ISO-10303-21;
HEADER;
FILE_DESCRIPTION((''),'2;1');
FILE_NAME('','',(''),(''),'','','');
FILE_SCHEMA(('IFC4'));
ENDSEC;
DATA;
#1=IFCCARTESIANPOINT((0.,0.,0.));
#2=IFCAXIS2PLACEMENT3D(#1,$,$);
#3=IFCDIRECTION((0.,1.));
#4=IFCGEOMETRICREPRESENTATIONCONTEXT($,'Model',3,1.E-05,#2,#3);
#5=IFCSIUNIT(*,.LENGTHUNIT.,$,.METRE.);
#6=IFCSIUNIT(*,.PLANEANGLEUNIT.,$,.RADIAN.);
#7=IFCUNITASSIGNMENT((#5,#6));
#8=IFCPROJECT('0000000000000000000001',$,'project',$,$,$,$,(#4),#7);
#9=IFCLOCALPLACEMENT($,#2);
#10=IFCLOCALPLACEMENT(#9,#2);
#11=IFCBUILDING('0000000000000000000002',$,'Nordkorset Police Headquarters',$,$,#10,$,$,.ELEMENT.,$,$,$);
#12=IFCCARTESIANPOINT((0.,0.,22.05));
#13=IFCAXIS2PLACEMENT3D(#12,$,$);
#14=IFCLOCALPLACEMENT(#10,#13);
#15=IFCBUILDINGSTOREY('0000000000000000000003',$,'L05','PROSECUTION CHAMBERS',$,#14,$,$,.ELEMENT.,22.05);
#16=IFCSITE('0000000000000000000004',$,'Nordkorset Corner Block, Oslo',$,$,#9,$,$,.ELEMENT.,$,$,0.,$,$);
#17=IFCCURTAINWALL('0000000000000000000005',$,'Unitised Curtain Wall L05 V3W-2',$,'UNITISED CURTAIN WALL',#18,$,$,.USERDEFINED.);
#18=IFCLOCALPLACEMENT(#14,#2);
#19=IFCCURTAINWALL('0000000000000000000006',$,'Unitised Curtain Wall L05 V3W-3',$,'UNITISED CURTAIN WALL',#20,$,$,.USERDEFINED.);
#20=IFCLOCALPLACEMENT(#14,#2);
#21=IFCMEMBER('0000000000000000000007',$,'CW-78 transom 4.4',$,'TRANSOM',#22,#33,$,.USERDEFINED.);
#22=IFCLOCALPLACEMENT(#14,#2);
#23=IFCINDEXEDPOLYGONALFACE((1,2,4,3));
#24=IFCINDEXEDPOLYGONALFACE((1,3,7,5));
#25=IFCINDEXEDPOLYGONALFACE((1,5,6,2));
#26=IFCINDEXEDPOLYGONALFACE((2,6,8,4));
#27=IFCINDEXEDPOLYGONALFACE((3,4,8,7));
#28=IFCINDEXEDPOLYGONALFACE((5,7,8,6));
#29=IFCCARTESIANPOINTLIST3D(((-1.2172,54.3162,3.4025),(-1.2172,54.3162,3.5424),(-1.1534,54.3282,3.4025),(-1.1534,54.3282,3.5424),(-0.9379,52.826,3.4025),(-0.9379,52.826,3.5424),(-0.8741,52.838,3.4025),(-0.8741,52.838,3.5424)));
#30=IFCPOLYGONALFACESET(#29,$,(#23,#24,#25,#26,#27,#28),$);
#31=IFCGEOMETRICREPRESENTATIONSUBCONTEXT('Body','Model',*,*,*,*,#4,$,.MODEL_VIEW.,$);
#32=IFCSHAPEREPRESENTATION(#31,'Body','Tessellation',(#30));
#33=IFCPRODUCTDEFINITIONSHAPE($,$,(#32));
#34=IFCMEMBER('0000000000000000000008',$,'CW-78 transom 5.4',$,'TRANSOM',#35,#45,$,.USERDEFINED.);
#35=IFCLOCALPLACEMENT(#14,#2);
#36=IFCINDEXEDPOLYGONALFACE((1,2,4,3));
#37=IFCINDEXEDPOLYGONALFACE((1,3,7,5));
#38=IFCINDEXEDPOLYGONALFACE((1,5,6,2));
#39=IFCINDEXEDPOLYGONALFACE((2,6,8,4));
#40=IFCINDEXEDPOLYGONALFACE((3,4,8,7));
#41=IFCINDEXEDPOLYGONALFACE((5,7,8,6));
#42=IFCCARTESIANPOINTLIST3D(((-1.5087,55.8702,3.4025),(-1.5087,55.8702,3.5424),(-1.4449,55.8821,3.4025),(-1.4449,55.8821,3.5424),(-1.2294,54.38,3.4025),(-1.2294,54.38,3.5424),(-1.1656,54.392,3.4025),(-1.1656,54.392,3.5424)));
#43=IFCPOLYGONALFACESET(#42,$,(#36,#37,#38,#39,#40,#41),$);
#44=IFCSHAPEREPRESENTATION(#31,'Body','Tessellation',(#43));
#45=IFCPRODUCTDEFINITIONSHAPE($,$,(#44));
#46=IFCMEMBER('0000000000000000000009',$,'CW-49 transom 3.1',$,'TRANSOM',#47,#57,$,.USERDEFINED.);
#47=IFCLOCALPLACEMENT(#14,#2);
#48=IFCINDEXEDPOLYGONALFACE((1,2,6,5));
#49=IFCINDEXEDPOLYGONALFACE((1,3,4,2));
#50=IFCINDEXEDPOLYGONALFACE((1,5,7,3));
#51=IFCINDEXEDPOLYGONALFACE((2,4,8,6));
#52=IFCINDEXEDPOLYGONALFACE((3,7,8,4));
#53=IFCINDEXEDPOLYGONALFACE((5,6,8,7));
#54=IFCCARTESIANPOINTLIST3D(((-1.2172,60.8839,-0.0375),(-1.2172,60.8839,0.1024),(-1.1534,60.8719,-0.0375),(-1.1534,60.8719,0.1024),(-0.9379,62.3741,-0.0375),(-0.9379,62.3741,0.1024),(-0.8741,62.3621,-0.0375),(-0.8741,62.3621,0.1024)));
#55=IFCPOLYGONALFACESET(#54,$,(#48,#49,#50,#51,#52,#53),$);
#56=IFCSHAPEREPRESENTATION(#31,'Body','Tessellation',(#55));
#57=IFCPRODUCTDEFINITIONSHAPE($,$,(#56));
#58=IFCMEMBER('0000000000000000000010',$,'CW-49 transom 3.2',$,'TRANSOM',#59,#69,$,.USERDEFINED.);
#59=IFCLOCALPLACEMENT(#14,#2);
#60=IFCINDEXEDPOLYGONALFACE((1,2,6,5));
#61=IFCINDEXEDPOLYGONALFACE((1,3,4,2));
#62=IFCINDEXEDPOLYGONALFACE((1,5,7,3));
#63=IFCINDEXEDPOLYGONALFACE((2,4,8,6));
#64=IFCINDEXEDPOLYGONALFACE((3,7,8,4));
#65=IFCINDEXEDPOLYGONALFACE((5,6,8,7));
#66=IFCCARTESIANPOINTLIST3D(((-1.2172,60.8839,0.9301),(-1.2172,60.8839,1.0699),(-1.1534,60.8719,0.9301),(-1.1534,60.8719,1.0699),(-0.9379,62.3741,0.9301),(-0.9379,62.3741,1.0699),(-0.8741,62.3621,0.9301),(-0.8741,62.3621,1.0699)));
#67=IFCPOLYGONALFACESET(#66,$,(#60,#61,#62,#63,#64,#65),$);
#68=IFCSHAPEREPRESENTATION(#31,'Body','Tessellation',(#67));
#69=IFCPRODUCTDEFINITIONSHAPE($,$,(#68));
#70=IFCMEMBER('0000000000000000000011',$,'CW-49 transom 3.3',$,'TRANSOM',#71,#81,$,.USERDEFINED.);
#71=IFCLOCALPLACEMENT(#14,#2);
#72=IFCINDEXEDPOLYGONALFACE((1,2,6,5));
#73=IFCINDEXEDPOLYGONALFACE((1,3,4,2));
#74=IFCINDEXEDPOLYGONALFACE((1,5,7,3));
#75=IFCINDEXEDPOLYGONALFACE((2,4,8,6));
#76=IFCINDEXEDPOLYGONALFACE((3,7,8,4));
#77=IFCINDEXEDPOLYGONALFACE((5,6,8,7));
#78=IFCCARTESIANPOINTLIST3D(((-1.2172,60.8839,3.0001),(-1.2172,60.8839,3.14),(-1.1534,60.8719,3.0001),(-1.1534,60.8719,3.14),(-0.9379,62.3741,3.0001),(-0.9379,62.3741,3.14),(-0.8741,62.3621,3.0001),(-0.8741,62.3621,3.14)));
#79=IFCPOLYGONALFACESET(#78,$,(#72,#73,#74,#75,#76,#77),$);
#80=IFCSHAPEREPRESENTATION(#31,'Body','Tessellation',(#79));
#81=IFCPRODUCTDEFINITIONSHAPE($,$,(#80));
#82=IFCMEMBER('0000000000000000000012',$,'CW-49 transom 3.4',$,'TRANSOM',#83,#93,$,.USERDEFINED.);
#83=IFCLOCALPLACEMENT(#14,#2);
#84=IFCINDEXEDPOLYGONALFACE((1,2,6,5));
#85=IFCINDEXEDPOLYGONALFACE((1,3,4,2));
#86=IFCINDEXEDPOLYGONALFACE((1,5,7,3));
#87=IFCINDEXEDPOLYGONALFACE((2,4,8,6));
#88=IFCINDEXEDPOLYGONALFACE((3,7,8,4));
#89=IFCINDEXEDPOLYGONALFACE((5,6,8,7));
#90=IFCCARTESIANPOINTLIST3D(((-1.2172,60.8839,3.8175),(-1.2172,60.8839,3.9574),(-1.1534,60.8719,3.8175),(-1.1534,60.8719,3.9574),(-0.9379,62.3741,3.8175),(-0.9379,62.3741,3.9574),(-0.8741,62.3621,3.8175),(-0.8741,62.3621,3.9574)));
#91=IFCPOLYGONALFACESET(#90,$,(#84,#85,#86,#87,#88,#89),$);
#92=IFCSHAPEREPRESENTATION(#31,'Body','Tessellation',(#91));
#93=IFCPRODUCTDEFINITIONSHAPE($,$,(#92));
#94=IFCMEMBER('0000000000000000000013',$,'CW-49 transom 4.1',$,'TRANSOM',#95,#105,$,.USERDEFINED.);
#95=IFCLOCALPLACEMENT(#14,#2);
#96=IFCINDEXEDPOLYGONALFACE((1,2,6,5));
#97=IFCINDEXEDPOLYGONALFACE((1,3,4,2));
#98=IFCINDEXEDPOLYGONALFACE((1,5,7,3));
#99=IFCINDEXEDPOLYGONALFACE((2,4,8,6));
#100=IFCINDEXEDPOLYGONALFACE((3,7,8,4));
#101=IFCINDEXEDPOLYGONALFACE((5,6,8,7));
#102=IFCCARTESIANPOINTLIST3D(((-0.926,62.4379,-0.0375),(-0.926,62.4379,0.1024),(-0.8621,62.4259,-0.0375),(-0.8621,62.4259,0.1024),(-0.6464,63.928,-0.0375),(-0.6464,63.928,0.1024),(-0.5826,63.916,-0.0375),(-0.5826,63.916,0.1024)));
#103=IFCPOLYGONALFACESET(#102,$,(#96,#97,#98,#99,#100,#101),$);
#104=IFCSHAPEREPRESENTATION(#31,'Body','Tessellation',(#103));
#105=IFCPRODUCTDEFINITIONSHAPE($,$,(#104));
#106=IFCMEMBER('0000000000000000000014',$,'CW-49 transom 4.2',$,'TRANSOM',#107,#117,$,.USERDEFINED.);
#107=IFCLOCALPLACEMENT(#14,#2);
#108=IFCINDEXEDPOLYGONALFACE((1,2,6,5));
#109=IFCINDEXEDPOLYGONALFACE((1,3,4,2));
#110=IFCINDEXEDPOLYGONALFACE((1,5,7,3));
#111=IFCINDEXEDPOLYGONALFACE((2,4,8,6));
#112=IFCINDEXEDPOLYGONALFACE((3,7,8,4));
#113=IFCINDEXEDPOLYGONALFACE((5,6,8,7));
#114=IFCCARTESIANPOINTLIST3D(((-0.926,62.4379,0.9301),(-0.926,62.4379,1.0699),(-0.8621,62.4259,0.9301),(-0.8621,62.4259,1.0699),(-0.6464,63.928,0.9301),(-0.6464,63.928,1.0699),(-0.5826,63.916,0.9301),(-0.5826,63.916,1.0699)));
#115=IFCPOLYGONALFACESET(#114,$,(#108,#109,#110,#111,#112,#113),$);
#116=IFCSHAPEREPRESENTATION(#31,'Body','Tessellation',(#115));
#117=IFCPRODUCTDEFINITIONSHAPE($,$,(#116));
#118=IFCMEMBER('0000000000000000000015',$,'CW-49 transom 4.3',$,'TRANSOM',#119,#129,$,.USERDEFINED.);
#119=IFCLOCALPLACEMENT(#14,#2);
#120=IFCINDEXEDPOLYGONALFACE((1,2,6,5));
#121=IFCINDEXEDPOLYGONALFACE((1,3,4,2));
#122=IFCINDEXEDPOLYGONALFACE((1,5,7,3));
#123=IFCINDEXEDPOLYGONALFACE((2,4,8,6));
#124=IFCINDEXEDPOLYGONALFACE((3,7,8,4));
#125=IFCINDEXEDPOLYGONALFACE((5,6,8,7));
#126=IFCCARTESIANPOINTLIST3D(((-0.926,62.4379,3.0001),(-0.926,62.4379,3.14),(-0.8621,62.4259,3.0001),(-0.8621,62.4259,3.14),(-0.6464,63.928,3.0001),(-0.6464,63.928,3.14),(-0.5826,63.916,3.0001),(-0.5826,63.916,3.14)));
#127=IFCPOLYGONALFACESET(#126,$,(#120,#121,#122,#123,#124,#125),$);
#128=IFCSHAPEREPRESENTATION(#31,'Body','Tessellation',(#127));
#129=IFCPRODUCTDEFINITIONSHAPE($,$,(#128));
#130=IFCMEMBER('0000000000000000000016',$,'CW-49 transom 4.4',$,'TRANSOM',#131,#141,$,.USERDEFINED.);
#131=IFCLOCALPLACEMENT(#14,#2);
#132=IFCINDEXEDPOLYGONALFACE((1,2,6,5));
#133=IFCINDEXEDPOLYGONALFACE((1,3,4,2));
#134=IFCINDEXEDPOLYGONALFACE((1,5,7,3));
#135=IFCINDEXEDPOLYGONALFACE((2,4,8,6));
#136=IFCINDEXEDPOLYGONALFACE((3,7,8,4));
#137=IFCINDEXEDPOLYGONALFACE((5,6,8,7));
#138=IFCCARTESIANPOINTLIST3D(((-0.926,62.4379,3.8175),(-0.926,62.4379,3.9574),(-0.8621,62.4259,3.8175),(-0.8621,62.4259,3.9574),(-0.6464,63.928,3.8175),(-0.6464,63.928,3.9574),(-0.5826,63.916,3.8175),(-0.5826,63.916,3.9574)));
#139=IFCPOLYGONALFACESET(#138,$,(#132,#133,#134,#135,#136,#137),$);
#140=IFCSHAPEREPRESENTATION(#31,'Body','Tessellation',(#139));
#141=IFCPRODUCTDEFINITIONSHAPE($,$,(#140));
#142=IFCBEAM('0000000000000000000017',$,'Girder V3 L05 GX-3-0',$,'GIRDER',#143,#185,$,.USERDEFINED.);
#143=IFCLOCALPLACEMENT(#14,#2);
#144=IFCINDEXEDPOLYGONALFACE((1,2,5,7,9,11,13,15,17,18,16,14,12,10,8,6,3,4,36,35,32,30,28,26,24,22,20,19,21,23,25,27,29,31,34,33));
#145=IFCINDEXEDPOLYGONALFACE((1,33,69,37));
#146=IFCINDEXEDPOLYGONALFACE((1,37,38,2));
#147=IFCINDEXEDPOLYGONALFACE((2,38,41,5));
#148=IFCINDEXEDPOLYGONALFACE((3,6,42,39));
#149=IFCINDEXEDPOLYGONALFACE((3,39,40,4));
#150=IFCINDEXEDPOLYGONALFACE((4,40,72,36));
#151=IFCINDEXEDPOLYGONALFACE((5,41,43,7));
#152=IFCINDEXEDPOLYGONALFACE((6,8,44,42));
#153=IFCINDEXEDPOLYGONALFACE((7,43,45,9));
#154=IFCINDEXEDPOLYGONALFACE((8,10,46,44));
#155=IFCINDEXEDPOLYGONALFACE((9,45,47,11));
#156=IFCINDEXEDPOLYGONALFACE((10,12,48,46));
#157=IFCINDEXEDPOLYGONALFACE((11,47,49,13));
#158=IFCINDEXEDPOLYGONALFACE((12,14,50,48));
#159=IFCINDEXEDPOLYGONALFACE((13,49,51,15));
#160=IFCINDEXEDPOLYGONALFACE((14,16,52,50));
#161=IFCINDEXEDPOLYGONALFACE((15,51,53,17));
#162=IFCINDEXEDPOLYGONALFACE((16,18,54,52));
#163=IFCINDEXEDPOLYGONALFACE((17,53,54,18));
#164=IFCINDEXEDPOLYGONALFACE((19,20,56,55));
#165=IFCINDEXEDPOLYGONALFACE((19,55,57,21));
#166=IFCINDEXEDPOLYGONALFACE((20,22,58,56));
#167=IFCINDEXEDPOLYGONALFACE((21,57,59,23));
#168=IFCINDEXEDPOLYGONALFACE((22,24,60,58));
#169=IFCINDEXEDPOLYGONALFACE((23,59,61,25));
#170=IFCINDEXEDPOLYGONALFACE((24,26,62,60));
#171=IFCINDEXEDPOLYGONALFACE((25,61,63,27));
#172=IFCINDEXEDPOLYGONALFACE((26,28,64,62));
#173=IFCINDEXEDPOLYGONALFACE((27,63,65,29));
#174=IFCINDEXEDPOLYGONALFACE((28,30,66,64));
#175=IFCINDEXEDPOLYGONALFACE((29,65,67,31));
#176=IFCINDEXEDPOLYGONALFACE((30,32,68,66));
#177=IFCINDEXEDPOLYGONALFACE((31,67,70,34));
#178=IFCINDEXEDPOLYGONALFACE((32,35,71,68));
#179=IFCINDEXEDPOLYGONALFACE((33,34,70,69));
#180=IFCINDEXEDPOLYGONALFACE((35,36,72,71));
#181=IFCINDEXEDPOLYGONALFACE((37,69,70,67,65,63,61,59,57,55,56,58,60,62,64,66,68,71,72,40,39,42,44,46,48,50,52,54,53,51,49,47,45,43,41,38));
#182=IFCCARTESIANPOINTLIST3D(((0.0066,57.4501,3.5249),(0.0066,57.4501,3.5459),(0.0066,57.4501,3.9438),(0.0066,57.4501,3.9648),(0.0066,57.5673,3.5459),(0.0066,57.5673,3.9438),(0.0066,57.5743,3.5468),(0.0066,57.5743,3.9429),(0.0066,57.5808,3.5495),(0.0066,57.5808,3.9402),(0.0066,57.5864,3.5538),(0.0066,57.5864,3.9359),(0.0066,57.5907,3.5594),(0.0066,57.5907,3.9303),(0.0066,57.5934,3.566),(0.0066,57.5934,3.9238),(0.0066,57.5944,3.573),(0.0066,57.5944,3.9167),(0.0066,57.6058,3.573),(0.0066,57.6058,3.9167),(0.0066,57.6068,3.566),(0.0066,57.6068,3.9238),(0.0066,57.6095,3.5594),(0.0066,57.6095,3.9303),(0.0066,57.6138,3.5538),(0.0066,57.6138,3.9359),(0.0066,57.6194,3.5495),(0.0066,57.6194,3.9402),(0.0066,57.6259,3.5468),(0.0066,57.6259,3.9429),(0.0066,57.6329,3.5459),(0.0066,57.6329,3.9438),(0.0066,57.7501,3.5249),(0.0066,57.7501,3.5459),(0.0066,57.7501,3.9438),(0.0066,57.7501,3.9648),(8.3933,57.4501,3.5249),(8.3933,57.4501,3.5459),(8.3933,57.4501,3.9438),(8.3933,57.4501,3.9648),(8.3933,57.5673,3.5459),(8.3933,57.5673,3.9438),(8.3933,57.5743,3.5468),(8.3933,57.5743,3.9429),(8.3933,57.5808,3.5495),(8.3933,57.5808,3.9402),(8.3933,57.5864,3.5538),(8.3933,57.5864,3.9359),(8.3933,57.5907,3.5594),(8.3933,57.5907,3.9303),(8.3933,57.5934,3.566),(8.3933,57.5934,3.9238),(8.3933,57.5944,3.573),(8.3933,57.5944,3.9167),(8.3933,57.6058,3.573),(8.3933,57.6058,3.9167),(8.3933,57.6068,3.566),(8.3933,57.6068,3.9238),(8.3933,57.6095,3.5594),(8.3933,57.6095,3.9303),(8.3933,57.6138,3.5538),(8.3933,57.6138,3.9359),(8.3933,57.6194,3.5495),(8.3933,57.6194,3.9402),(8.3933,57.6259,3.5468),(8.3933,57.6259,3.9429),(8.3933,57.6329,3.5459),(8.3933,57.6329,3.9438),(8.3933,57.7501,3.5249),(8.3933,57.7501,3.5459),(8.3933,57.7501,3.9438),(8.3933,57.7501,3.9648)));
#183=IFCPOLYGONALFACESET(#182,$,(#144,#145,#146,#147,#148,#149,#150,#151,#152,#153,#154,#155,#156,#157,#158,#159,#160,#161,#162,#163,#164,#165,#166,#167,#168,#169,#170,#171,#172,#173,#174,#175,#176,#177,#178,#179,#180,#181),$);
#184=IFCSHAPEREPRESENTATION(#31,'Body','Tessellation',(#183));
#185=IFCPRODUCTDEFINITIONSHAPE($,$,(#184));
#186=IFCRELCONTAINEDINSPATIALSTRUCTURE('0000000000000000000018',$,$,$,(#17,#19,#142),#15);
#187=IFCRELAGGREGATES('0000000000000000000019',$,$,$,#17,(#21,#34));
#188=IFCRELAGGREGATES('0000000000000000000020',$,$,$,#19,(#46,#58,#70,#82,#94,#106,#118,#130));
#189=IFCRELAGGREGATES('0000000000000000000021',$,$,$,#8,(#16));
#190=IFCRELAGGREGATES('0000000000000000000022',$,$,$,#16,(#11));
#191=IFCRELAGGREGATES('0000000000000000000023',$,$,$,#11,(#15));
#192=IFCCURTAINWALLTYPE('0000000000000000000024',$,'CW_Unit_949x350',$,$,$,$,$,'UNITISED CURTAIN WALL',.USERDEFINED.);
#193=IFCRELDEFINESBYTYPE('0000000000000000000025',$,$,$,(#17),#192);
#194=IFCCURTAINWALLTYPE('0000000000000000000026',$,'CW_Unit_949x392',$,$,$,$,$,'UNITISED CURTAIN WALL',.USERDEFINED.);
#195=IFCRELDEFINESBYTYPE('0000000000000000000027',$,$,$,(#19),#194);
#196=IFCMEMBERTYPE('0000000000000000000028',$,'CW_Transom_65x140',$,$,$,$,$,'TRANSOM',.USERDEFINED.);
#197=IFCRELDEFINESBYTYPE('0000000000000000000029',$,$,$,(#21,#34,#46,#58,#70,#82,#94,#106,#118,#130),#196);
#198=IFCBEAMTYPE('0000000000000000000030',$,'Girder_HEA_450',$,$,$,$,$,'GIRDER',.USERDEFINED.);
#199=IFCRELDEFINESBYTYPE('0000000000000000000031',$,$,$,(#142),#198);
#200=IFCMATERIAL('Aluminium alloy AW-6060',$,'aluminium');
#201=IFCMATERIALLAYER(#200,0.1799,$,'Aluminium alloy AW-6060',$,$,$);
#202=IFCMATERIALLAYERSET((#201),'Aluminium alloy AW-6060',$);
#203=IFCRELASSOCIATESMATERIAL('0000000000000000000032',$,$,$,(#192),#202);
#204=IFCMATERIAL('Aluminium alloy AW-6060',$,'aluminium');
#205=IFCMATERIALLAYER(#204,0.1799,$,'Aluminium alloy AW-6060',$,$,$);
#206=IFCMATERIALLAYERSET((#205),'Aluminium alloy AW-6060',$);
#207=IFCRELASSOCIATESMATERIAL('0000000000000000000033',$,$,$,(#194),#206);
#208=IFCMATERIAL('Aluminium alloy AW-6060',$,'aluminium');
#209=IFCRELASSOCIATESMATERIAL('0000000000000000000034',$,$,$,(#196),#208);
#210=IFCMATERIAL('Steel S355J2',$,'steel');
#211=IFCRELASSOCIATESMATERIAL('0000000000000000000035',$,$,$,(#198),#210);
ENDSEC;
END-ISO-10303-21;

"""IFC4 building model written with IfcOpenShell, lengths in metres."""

from ifc_helpers import new_model, si_unit, direction, frame, origin, origin_2d, place, context, subcontext, project, spatial, rectangle, i_section, extrude, material, layer, layer_set, material_profile, profile_set, type_object, element, aggregate, save


model = new_model("IFC4")

# Units and contexts
model_context = context("Model", 3, precision=1e-05, world=origin(), true_north=direction((0.0, 1.0)))
body_context = subcontext(model_context, "Body", "Model", "MODEL_VIEW")
ifc_project = project(units=[si_unit("LENGTHUNIT", "METRE"), si_unit("PLANEANGLEUNIT", "RADIAN")], contexts=[model_context])

# Site, building, storey
site_placement = place(None, origin())
site = spatial("IfcSite", under=ifc_project, at=site_placement, Name="Nordkorset Corner Block, Oslo", CompositionType="ELEMENT", RefElevation=0.0)
building_placement = place(site_placement, origin())
building = spatial("IfcBuilding", under=site, at=building_placement, Name="Nordkorset Police Headquarters", CompositionType="ELEMENT")
storey_placement = place(building_placement, frame((0.0, 0.0, 22.05)))
storey = spatial("IfcBuildingStorey", under=building, at=storey_placement, Name="L05", Description="PROSECUTION CHAMBERS", CompositionType="ELEMENT", Elevation=22.05)

# Curtain wall
ifc_material_1 = material(Name="Aluminium alloy AW-6060", Category="aluminium")
ifc_layer_1 = layer(ifc_material_1, 0.1799, Name="Aluminium alloy AW-6060")
ifc_layer_set_1 = layer_set([ifc_layer_1], Name="Aluminium alloy AW-6060")
curtain_wall_type_1 = type_object("IfcCurtainWallType", Name="CW_Unit_949x350", ElementType="UNITISED CURTAIN WALL", PredefinedType="USERDEFINED", material=ifc_layer_set_1)
curtain_wall_1_placement = place(storey_placement, origin())
curtain_wall_1 = element("IfcCurtainWall", 1, at=curtain_wall_1_placement, inside=storey, type_object=curtain_wall_type_1, Name="Unitised Curtain Wall L05 V3W-2", ObjectType="UNITISED CURTAIN WALL", PredefinedType="USERDEFINED")

# Curtain wall
ifc_material_2 = material(Name="Aluminium alloy AW-6060", Category="aluminium")
ifc_layer_2 = layer(ifc_material_2, 0.1799, Name="Aluminium alloy AW-6060")
ifc_layer_set_2 = layer_set([ifc_layer_2], Name="Aluminium alloy AW-6060")
curtain_wall_type_2 = type_object("IfcCurtainWallType", Name="CW_Unit_949x392", ElementType="UNITISED CURTAIN WALL", PredefinedType="USERDEFINED", material=ifc_layer_set_2)
curtain_wall_2_placement = place(storey_placement, origin())
curtain_wall_2 = element("IfcCurtainWall", 2, at=curtain_wall_2_placement, inside=storey, type_object=curtain_wall_type_2, Name="Unitised Curtain Wall L05 V3W-3", ObjectType="UNITISED CURTAIN WALL", PredefinedType="USERDEFINED")

# Members
ifc_material_3 = material(Name="Aluminium alloy AW-6060", Category="aluminium")
ifc_material_profile_1 = material_profile(ifc_material_3, rectangle(XDim=0.0649, YDim=0.1399, at=origin_2d()), Name="ALU TRAN 65x140")
ifc_profile_set_1 = profile_set([ifc_material_profile_1], Name="Aluminium alloy AW-6060")
member_type_1 = type_object("IfcMemberType", Name="CW_Transom_65x140", ElementType="TRANSOM", PredefinedType="USERDEFINED", material=ifc_profile_set_1)
member_1_placement = place(storey_placement, frame((-0.906, 52.832, 3.4724), z_axis=(-0.184211, 0.982887, 0.0), x_axis=(-0.982887, -0.184211, 0.0)))
member_1 = element("IfcMember", 3, at=member_1_placement, type_object=member_type_1, Name="CW-78 transom 4.4", ObjectType="TRANSOM", PredefinedType="USERDEFINED", context=body_context, shape_type="SweptSolid", body=[
    extrude(rectangle(XDim=0.0649, YDim=0.1399, at=origin_2d()), origin(), (0.0, 0.0, 1.0), 1.5161),
])
member_2_placement = place(storey_placement, frame((-1.1975, 54.386, 3.4724), z_axis=(-0.184211, 0.982887, 0.0), x_axis=(-0.982887, -0.184211, 0.0)))
member_2 = element("IfcMember", 4, at=member_2_placement, type_object=member_type_1, Name="CW-78 transom 5.4", ObjectType="TRANSOM", PredefinedType="USERDEFINED", context=body_context, shape_type="SweptSolid", body=[
    extrude(rectangle(XDim=0.0649, YDim=0.1399, at=origin_2d()), origin(), (0.0, 0.0, 1.0), 1.5161),
])
member_3_placement = place(storey_placement, frame((-1.1853, 60.8779, 0.0325), z_axis=(0.184211, 0.982887, 0.0), x_axis=(-0.982887, 0.184211, 0.0)))
member_3 = element("IfcMember", 5, at=member_3_placement, type_object=member_type_1, Name="CW-49 transom 3.1", ObjectType="TRANSOM", PredefinedType="USERDEFINED", context=body_context, shape_type="SweptSolid", body=[
    extrude(rectangle(XDim=0.0649, YDim=0.1399, at=origin_2d()), origin(), (0.0, 0.0, 1.0), 1.5161),
])
member_4_placement = place(storey_placement, frame((-1.1853, 60.8779, 1.0), z_axis=(0.184211, 0.982887, 0.0), x_axis=(-0.982887, 0.184211, 0.0)))
member_4 = element("IfcMember", 6, at=member_4_placement, type_object=member_type_1, Name="CW-49 transom 3.2", ObjectType="TRANSOM", PredefinedType="USERDEFINED", context=body_context, shape_type="SweptSolid", body=[
    extrude(rectangle(XDim=0.0649, YDim=0.1399, at=origin_2d()), origin(), (0.0, 0.0, 1.0), 1.5161),
])
member_5_placement = place(storey_placement, frame((-1.1853, 60.8779, 3.0701), z_axis=(0.184211, 0.982887, 0.0), x_axis=(-0.982887, 0.184211, 0.0)))
member_5 = element("IfcMember", 7, at=member_5_placement, type_object=member_type_1, Name="CW-49 transom 3.3", ObjectType="TRANSOM", PredefinedType="USERDEFINED", context=body_context, shape_type="SweptSolid", body=[
    extrude(rectangle(XDim=0.0649, YDim=0.1399, at=origin_2d()), origin(), (0.0, 0.0, 1.0), 1.5161),
])
member_6_placement = place(storey_placement, frame((-1.1853, 60.8779, 3.8875), z_axis=(0.184211, 0.982887, 0.0), x_axis=(-0.982887, 0.184211, 0.0)))
member_6 = element("IfcMember", 8, at=member_6_placement, type_object=member_type_1, Name="CW-49 transom 3.4", ObjectType="TRANSOM", PredefinedType="USERDEFINED", context=body_context, shape_type="SweptSolid", body=[
    extrude(rectangle(XDim=0.0649, YDim=0.1399, at=origin_2d()), origin(), (0.0, 0.0, 1.0), 1.5161),
])
member_7_placement = place(storey_placement, frame((-0.894, 62.4319, 0.0325), z_axis=(0.184366, 0.982858, 0.0), x_axis=(-0.982858, 0.184366, 0.0)))
member_7 = element("IfcMember", 9, at=member_7_placement, type_object=member_type_1, Name="CW-49 transom 4.1", ObjectType="TRANSOM", PredefinedType="USERDEFINED", context=body_context, shape_type="SweptSolid", body=[
    extrude(rectangle(XDim=0.0649, YDim=0.1399, at=origin_2d()), origin(), (0.0, 0.0, 1.0), 1.5161),
])
member_8_placement = place(storey_placement, frame((-0.894, 62.4319, 1.0), z_axis=(0.184366, 0.982858, 0.0), x_axis=(-0.982858, 0.184366, 0.0)))
member_8 = element("IfcMember", 10, at=member_8_placement, type_object=member_type_1, Name="CW-49 transom 4.2", ObjectType="TRANSOM", PredefinedType="USERDEFINED", context=body_context, shape_type="SweptSolid", body=[
    extrude(rectangle(XDim=0.0649, YDim=0.1399, at=origin_2d()), origin(), (0.0, 0.0, 1.0), 1.5161),
])
member_9_placement = place(storey_placement, frame((-0.894, 62.4319, 3.0701), z_axis=(0.184366, 0.982858, 0.0), x_axis=(-0.982858, 0.184366, 0.0)))
member_9 = element("IfcMember", 11, at=member_9_placement, type_object=member_type_1, Name="CW-49 transom 4.3", ObjectType="TRANSOM", PredefinedType="USERDEFINED", context=body_context, shape_type="SweptSolid", body=[
    extrude(rectangle(XDim=0.0649, YDim=0.1399, at=origin_2d()), origin(), (0.0, 0.0, 1.0), 1.5161),
])
member_10_placement = place(storey_placement, frame((-0.894, 62.4319, 3.8875), z_axis=(0.184366, 0.982858, 0.0), x_axis=(-0.982858, 0.184366, 0.0)))
member_10 = element("IfcMember", 12, at=member_10_placement, type_object=member_type_1, Name="CW-49 transom 4.4", ObjectType="TRANSOM", PredefinedType="USERDEFINED", context=body_context, shape_type="SweptSolid", body=[
    extrude(rectangle(XDim=0.0649, YDim=0.1399, at=origin_2d()), origin(), (0.0, 0.0, 1.0), 1.5161),
])

# Beam
ifc_material_4 = material(Name="Steel S355J2", Category="steel")
ifc_material_profile_2 = material_profile(ifc_material_4, i_section(OverallWidth=0.3, OverallDepth=0.4399, WebThickness=0.0115, FlangeThickness=0.021, FilletRadius=0.0271, at=origin_2d()), Name="HEA 450")
ifc_profile_set_2 = profile_set([ifc_material_profile_2], Name="Steel S355J2")
beam_type_1 = type_object("IfcBeamType", Name="Girder_HEA_450", ElementType="GIRDER", PredefinedType="USERDEFINED", material=ifc_profile_set_2)
beam_1_placement = place(storey_placement, frame((0.0066, 57.6001, 3.7449), z_axis=(1.0, 0.0, 0.0), x_axis=(0.0, 1.0, 0.0)))
element("IfcBeam", 13, at=beam_1_placement, inside=storey, type_object=beam_type_1, Name="Girder V3 L05 GX-3-0", ObjectType="GIRDER", PredefinedType="USERDEFINED", context=body_context, shape_type="SweptSolid", body=[
    extrude(i_section(OverallWidth=0.3, OverallDepth=0.4399, WebThickness=0.0115, FlangeThickness=0.021, FilletRadius=0.0271, at=origin_2d()), origin(), (0.0, 0.0, 1.0), 8.3867),
])

aggregate(curtain_wall_1, [member_1, member_2])
aggregate(curtain_wall_2, [member_3, member_4, member_5, member_6, member_7, member_8, member_9, member_10])

save(model, "model.ifc")
